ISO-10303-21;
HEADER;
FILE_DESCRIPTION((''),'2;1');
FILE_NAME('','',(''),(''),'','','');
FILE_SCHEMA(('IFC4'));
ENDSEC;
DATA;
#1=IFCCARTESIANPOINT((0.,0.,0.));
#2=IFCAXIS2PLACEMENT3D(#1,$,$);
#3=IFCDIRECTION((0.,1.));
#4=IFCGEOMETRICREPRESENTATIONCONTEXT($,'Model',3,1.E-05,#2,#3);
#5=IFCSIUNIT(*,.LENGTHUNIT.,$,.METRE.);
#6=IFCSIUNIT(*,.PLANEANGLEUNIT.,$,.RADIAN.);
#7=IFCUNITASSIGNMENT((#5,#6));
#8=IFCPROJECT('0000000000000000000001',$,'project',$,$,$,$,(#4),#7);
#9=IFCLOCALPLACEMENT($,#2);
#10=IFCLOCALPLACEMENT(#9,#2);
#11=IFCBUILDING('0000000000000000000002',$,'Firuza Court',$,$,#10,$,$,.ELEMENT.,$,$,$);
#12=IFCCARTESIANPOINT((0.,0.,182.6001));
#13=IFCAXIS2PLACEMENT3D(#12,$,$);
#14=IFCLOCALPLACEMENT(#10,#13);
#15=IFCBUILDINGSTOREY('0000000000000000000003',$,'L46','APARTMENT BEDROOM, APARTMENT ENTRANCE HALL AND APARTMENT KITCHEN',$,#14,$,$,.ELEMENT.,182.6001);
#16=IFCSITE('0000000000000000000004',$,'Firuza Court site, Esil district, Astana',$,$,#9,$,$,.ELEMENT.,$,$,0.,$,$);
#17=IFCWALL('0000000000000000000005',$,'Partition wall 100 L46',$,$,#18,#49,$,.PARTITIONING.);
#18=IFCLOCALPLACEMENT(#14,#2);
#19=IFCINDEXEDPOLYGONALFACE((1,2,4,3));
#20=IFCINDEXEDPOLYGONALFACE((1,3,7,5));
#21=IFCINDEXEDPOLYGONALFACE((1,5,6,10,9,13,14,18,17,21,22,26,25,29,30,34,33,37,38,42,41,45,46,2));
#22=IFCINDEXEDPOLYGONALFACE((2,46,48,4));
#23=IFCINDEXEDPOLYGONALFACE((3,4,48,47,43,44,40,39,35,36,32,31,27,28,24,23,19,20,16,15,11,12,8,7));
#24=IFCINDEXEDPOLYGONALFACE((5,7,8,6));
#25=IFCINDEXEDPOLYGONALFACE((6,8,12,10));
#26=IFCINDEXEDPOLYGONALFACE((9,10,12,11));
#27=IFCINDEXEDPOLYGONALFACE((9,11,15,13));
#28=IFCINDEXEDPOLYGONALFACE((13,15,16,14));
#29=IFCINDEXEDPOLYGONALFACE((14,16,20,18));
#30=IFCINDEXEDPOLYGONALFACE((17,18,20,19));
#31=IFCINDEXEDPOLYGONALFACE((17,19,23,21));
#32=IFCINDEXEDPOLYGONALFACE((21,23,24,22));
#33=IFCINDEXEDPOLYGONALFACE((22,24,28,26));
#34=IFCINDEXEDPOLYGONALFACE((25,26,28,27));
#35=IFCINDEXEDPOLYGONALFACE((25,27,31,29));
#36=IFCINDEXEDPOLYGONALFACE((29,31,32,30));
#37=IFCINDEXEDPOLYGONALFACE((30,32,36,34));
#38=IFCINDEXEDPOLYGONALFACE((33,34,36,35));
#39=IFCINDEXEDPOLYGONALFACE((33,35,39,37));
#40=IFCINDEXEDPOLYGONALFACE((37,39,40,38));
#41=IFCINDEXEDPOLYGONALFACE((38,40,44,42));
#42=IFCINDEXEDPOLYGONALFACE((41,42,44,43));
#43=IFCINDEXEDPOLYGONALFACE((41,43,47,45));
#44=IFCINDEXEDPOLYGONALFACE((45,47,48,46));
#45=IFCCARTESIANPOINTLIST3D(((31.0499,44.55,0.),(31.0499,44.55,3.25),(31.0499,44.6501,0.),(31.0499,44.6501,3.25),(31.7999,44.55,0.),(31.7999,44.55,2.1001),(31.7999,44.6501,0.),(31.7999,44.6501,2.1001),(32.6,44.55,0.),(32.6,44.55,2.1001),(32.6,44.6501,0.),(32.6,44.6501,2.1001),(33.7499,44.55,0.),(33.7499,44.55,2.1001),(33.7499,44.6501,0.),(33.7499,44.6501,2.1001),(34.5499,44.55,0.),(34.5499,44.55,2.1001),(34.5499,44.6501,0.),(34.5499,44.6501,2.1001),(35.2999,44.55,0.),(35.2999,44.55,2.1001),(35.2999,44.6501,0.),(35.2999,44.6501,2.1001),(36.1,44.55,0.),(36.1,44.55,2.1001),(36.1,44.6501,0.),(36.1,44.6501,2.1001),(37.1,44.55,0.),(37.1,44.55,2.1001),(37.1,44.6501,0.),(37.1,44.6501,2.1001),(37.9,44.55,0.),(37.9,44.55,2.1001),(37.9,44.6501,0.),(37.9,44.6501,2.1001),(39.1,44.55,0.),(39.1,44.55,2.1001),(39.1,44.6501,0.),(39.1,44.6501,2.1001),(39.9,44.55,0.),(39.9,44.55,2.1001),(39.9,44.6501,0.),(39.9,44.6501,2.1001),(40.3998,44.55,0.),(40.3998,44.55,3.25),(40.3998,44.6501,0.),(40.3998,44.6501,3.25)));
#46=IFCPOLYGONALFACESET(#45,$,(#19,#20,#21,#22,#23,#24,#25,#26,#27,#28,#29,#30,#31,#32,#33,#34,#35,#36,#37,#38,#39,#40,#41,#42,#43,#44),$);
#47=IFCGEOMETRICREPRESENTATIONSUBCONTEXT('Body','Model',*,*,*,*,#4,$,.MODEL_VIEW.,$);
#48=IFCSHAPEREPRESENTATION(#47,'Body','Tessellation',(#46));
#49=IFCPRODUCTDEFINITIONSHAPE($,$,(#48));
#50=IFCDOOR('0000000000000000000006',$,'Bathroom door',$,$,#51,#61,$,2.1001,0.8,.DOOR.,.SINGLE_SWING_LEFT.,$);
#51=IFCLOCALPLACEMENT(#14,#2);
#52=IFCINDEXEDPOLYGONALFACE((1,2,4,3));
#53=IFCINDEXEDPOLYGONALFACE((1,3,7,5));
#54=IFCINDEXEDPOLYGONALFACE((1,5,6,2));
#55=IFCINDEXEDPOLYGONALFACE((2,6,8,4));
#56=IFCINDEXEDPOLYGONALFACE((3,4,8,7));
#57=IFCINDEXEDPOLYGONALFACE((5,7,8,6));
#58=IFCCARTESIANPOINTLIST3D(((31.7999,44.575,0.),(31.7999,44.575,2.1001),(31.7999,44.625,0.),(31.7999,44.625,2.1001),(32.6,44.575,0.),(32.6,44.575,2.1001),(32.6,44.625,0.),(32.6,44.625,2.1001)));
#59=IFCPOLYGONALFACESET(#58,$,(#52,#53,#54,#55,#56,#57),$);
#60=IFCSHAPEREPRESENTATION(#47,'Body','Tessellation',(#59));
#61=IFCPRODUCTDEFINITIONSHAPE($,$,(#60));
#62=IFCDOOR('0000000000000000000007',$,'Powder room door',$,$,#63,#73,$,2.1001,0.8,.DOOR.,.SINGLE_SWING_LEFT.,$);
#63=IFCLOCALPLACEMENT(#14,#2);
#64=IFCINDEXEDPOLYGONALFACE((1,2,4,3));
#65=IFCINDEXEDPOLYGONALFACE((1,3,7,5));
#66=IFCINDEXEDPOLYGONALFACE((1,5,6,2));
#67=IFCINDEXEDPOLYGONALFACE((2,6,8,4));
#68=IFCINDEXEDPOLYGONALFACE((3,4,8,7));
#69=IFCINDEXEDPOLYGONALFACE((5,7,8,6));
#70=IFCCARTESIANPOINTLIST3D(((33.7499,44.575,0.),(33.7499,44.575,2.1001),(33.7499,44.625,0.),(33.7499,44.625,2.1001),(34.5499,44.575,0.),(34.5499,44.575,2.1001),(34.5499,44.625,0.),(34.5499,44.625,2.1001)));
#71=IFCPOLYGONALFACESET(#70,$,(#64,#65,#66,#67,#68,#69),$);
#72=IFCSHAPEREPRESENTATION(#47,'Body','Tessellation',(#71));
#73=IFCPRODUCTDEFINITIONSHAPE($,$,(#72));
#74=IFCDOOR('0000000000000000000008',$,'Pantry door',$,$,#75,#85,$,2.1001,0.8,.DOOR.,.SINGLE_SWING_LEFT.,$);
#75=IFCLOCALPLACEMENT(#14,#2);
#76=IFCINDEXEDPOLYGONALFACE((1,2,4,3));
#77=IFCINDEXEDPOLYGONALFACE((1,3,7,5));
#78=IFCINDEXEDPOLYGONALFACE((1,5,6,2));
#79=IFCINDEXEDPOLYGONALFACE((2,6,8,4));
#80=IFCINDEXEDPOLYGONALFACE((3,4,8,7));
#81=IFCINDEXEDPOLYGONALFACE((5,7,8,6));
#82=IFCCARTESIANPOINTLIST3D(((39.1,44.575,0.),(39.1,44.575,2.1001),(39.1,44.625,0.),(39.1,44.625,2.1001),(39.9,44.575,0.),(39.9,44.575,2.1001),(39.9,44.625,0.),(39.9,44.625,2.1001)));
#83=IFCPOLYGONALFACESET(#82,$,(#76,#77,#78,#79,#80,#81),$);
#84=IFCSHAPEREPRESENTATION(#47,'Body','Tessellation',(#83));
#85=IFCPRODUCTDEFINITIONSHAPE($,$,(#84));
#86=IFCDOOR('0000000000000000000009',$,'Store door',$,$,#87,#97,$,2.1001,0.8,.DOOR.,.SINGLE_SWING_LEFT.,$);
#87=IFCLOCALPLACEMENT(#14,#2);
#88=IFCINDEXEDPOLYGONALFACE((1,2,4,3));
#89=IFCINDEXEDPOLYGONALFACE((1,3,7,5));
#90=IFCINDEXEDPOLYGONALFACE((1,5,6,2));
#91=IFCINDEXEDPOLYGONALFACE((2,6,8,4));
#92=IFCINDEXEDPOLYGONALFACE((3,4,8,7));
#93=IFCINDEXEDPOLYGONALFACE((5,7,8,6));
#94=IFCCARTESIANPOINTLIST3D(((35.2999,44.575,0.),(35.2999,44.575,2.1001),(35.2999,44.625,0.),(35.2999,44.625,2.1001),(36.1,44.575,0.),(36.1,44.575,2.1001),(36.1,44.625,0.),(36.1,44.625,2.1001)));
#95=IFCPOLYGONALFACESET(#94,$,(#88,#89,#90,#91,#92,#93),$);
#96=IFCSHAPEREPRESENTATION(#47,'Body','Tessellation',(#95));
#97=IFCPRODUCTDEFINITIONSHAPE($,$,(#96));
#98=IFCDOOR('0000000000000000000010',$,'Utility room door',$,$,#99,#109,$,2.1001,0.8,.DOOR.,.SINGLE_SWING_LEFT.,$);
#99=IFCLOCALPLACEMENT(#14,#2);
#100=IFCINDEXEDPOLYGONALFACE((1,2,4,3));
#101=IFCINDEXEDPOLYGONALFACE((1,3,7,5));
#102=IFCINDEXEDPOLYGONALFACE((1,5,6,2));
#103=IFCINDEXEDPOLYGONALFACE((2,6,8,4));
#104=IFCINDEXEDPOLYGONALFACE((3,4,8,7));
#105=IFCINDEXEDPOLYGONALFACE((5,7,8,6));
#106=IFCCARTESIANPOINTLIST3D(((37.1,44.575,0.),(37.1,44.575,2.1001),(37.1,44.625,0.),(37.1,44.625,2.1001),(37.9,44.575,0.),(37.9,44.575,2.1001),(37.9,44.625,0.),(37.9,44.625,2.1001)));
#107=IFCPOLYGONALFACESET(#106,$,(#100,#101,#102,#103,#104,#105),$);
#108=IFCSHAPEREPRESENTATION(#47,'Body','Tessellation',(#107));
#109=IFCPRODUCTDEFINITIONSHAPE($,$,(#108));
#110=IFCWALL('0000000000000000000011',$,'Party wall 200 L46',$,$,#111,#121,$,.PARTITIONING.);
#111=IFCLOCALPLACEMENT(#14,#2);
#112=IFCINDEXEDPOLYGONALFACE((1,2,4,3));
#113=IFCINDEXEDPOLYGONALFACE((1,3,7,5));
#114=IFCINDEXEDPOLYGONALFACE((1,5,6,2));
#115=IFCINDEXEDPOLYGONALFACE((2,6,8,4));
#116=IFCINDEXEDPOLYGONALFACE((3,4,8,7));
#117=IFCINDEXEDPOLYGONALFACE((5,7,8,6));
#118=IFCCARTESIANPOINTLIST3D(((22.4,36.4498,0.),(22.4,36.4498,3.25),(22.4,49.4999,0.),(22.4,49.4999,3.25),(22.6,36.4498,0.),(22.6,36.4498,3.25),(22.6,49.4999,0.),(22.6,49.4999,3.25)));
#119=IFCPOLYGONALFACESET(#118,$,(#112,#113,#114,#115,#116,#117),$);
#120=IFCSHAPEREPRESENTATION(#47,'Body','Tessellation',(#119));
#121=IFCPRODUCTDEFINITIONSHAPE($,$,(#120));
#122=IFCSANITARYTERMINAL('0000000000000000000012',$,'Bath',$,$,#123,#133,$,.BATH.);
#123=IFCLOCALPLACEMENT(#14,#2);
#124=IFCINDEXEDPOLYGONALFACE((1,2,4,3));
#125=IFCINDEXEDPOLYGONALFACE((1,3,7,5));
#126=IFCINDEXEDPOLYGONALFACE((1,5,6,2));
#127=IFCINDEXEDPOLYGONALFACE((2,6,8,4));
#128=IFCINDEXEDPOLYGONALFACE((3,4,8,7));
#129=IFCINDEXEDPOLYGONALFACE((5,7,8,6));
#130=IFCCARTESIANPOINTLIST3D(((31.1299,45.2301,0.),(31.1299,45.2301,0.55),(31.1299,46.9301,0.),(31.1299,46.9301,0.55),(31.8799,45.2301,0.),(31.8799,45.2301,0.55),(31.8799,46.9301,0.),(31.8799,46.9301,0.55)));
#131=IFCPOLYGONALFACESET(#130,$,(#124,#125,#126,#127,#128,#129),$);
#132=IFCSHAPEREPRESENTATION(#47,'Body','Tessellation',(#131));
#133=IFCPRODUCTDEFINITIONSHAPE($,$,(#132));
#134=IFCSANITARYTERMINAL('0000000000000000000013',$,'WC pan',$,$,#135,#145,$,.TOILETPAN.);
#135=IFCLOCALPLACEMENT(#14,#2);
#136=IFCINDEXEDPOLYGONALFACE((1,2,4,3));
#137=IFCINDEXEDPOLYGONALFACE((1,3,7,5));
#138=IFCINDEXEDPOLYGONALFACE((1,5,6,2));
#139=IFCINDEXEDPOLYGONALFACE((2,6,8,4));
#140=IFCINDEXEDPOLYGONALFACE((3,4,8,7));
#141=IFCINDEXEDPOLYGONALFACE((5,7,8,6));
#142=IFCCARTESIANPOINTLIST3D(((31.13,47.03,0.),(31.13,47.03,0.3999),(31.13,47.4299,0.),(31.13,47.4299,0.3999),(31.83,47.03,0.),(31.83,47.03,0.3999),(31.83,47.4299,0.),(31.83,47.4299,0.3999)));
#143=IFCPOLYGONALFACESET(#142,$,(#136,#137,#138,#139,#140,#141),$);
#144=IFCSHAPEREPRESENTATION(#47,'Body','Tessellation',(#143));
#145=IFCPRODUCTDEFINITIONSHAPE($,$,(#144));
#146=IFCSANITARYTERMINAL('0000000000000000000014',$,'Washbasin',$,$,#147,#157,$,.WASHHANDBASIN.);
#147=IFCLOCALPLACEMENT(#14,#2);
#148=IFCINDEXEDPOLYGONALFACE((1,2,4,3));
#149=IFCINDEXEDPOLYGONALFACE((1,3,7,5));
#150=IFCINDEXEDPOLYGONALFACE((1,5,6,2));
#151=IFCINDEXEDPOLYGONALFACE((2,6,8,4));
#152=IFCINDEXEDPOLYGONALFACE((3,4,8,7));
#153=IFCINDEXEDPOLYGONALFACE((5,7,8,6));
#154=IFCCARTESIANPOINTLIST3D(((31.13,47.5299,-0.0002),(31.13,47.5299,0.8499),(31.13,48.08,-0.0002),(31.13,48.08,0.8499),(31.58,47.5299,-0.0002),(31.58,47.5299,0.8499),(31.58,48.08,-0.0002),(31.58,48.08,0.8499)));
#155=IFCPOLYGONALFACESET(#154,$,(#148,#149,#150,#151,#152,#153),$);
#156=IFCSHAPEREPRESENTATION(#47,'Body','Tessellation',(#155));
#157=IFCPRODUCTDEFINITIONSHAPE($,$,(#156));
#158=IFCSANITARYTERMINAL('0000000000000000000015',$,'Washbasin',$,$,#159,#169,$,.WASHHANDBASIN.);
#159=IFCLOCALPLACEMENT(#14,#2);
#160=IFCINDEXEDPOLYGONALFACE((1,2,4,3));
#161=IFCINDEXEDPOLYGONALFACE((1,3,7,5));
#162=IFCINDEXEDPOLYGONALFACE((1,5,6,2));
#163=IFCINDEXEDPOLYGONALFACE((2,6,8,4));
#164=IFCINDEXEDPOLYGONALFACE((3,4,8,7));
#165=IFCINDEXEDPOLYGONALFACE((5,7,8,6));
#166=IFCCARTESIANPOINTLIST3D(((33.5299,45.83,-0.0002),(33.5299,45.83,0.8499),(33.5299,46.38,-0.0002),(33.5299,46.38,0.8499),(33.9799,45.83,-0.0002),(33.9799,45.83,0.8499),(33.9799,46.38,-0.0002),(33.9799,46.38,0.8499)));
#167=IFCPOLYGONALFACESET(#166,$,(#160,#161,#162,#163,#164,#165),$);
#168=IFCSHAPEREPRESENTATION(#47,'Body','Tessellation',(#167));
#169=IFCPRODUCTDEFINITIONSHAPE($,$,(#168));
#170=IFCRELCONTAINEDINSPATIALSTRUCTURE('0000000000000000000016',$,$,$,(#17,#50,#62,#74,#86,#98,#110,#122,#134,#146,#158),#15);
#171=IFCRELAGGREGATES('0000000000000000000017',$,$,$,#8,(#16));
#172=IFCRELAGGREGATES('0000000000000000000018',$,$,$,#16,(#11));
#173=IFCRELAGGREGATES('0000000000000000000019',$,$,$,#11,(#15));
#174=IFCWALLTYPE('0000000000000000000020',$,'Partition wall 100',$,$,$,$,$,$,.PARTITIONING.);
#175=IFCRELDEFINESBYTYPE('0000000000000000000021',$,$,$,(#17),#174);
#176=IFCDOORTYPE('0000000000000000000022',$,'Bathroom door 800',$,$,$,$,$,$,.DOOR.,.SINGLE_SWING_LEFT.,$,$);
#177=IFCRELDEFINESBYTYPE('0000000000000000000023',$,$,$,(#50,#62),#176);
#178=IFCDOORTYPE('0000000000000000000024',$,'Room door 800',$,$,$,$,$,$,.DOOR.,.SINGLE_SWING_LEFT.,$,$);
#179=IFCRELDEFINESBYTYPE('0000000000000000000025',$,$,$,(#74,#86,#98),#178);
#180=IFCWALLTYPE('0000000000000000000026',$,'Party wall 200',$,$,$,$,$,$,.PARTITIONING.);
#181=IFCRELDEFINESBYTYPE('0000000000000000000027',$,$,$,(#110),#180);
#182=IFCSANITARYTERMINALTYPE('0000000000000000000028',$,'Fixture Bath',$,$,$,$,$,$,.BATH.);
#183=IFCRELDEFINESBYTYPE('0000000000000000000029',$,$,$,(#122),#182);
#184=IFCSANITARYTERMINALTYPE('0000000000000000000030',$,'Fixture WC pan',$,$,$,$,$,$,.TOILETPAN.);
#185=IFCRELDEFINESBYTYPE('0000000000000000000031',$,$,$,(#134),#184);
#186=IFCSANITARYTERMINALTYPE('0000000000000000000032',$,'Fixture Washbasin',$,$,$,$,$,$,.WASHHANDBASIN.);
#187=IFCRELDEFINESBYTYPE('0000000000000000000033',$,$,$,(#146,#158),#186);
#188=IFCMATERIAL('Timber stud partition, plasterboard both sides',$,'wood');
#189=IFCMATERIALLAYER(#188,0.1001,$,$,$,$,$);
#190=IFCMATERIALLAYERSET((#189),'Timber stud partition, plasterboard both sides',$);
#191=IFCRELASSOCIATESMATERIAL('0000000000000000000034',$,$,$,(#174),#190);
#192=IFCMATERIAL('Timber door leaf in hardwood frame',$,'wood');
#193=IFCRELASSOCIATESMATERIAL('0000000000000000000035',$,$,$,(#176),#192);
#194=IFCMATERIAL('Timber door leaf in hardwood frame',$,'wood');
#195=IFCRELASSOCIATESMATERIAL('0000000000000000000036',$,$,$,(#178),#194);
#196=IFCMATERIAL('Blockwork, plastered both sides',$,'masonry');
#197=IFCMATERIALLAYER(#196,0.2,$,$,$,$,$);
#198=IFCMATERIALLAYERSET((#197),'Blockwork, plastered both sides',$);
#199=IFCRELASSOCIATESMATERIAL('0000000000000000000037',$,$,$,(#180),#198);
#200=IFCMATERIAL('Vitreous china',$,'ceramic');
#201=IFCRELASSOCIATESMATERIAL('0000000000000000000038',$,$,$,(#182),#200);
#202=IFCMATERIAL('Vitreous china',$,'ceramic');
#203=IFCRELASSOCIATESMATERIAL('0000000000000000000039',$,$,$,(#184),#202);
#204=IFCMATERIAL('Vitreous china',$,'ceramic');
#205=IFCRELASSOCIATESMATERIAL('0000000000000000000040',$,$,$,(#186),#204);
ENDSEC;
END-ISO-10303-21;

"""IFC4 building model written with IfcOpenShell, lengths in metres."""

from ifc_helpers import new_model, si_unit, direction, frame, frame_2d, origin, origin_2d, place, context, subcontext, project, spatial, rectangle, extrude, material, layer, layer_set, type_object, element, fill, save


model = new_model("IFC4")

# Units and contexts
model_context = context("Model", 3, precision=1e-05, world=origin(), true_north=direction((0.0, 1.0)))
body_context = subcontext(model_context, "Body", "Model", "MODEL_VIEW")
ifc_project = project(units=[si_unit("LENGTHUNIT", "METRE"), si_unit("PLANEANGLEUNIT", "RADIAN")], contexts=[model_context])

# Site, building, storey
site_placement = place(None, origin())
site = spatial("IfcSite", under=ifc_project, at=site_placement, Name="Firuza Court site, Esil district, Astana", CompositionType="ELEMENT", RefElevation=0.0)
building_placement = place(site_placement, origin())
building = spatial("IfcBuilding", under=site, at=building_placement, Name="Firuza Court", CompositionType="ELEMENT")
storey_placement = place(building_placement, frame((0.0, 0.0, 182.6001)))
storey = spatial("IfcBuildingStorey", under=building, at=storey_placement, Name="L46", Description="APARTMENT BEDROOM, APARTMENT ENTRANCE HALL AND APARTMENT KITCHEN", CompositionType="ELEMENT", Elevation=182.6001)

# Shared definitions
ifc_material_1 = material(Name="Blockwork, plastered both sides", Category="masonry")

# Shared definitions
ifc_material_2 = material(Name="Timber stud partition, plasterboard both sides", Category="wood")
ifc_layer_1 = layer(ifc_material_2, 0.1001)
ifc_layer_set_1 = layer_set([ifc_layer_1], Name="Timber stud partition, plasterboard both sides")
wall_type_1 = type_object("IfcWallType", Name="Partition wall 100", PredefinedType="PARTITIONING", material=ifc_layer_set_1)

# Wall, openings, doors
wall_1_placement = place(storey_placement, frame((31.05, 44.6001, 0.0), z_axis=(0.0, 0.0, 1.0), x_axis=(1.0, 0.0, 0.0)))
wall_1 = element("IfcWall", 1, at=wall_1_placement, inside=storey, type_object=wall_type_1, Name="Partition wall 100 L46", PredefinedType="PARTITIONING", context=body_context, shape_type="SweptSolid", body=[
    extrude(rectangle(XDim=9.3499, YDim=0.1001, at=frame_2d((4.6748, 0.0))), origin(), (0.0, 0.0, 1.0), 3.25),
])
opening_1_placement = place(wall_1_placement, frame((0.75, 0.0, 0.0)))
opening_1 = element("IfcOpeningElement", 2, at=opening_1_placement, cuts=wall_1, PredefinedType="OPENING", context=body_context, shape_type="SweptSolid", body=[
    extrude(rectangle(XDim=0.8, YDim=2.1001, at=frame_2d((0.3999, 1.05))), frame((0.0, 0.062, 0.0), z_axis=(0.0, -1.0, 0.0), x_axis=(1.0, 0.0, 0.0)), (0.0, 0.0, 1.0), 0.124),
])
opening_2_placement = place(wall_1_placement, frame((8.05, 0.0, 0.0)))
opening_2 = element("IfcOpeningElement", 3, at=opening_2_placement, cuts=wall_1, PredefinedType="OPENING", context=body_context, shape_type="SweptSolid", body=[
    extrude(rectangle(XDim=0.8, YDim=2.1001, at=frame_2d((0.3999, 1.05))), frame((0.0, 0.062, 0.0), z_axis=(0.0, -1.0, 0.0), x_axis=(1.0, 0.0, 0.0)), (0.0, 0.0, 1.0), 0.124),
])
opening_3_placement = place(wall_1_placement, frame((4.25, 0.0, 0.0)))
opening_3 = element("IfcOpeningElement", 4, at=opening_3_placement, cuts=wall_1, PredefinedType="OPENING", context=body_context, shape_type="SweptSolid", body=[
    extrude(rectangle(XDim=0.8, YDim=2.1001, at=frame_2d((0.3999, 1.05))), frame((0.0, 0.062, 0.0), z_axis=(0.0, -1.0, 0.0), x_axis=(1.0, 0.0, 0.0)), (0.0, 0.0, 1.0), 0.124),
])
opening_4_placement = place(wall_1_placement, frame((6.05, 0.0, 0.0)))
opening_4 = element("IfcOpeningElement", 5, at=opening_4_placement, cuts=wall_1, PredefinedType="OPENING", context=body_context, shape_type="SweptSolid", body=[
    extrude(rectangle(XDim=0.8, YDim=2.1001, at=frame_2d((0.3999, 1.05))), frame((0.0, 0.062, 0.0), z_axis=(0.0, -1.0, 0.0), x_axis=(1.0, 0.0, 0.0)), (0.0, 0.0, 1.0), 0.124),
])
opening_5_placement = place(wall_1_placement, frame((2.7, 0.0, 0.0)))
opening_5 = element("IfcOpeningElement", 6, at=opening_5_placement, cuts=wall_1, PredefinedType="OPENING", context=body_context, shape_type="SweptSolid", body=[
    extrude(rectangle(XDim=0.8, YDim=2.1001, at=frame_2d((0.3999, 1.05))), frame((0.0, 0.062, 0.0), z_axis=(0.0, -1.0, 0.0), x_axis=(1.0, 0.0, 0.0)), (0.0, 0.0, 1.0), 0.124),
])
ifc_material_3 = material(Name="Timber door leaf in hardwood frame", Category="wood")
door_type_1 = type_object("IfcDoorType", Name="Bathroom door 800", OperationType="SINGLE_SWING_LEFT", PredefinedType="DOOR", material=ifc_material_3)
door_1_placement = place(opening_1_placement, origin())
door_1 = element("IfcDoor", 7, at=door_1_placement, inside=storey, type_object=door_type_1, Name="Bathroom door", OperationType="SINGLE_SWING_LEFT", OverallHeight=2.1001, OverallWidth=0.8, PredefinedType="DOOR", context=body_context, shape_type="SweptSolid", body=[
    extrude(rectangle(XDim=0.8, YDim=2.1001, at=frame_2d((0.3999, 1.05))), frame((0.0, 0.0249, 0.0), z_axis=(0.0, -1.0, 0.0), x_axis=(1.0, 0.0, 0.0)), (0.0, 0.0, 1.0), 0.05),
])
fill(opening_1, door_1)
door_2_placement = place(opening_5_placement, origin())
door_2 = element("IfcDoor", 8, at=door_2_placement, inside=storey, type_object=door_type_1, Name="Powder room door", OperationType="SINGLE_SWING_LEFT", OverallHeight=2.1001, OverallWidth=0.8, PredefinedType="DOOR", context=body_context, shape_type="SweptSolid", body=[
    extrude(rectangle(XDim=0.8, YDim=2.1001, at=frame_2d((0.3999, 1.05))), frame((0.0, 0.0249, 0.0), z_axis=(0.0, -1.0, 0.0), x_axis=(1.0, 0.0, 0.0)), (0.0, 0.0, 1.0), 0.05),
])
fill(opening_5, door_2)
ifc_material_4 = material(Name="Timber door leaf in hardwood frame", Category="wood")
door_type_2 = type_object("IfcDoorType", Name="Room door 800", OperationType="SINGLE_SWING_LEFT", PredefinedType="DOOR", material=ifc_material_4)
door_3_placement = place(opening_2_placement, origin())
door_3 = element("IfcDoor", 9, at=door_3_placement, inside=storey, type_object=door_type_2, Name="Pantry door", OperationType="SINGLE_SWING_LEFT", OverallHeight=2.1001, OverallWidth=0.8, PredefinedType="DOOR", context=body_context, shape_type="SweptSolid", body=[
    extrude(rectangle(XDim=0.8, YDim=2.1001, at=frame_2d((0.3999, 1.05))), frame((0.0, 0.0249, 0.0), z_axis=(0.0, -1.0, 0.0), x_axis=(1.0, 0.0, 0.0)), (0.0, 0.0, 1.0), 0.05),
])
fill(opening_2, door_3)
door_4_placement = place(opening_3_placement, origin())
door_4 = element("IfcDoor", 10, at=door_4_placement, inside=storey, type_object=door_type_2, Name="Store door", OperationType="SINGLE_SWING_LEFT", OverallHeight=2.1001, OverallWidth=0.8, PredefinedType="DOOR", context=body_context, shape_type="SweptSolid", body=[
    extrude(rectangle(XDim=0.8, YDim=2.1001, at=frame_2d((0.3999, 1.05))), frame((0.0, 0.0249, 0.0), z_axis=(0.0, -1.0, 0.0), x_axis=(1.0, 0.0, 0.0)), (0.0, 0.0, 1.0), 0.05),
])
fill(opening_3, door_4)
door_5_placement = place(opening_4_placement, origin())
door_5 = element("IfcDoor", 11, at=door_5_placement, inside=storey, type_object=door_type_2, Name="Utility room door", OperationType="SINGLE_SWING_LEFT", OverallHeight=2.1001, OverallWidth=0.8, PredefinedType="DOOR", context=body_context, shape_type="SweptSolid", body=[
    extrude(rectangle(XDim=0.8, YDim=2.1001, at=frame_2d((0.3999, 1.05))), frame((0.0, 0.0249, 0.0), z_axis=(0.0, -1.0, 0.0), x_axis=(1.0, 0.0, 0.0)), (0.0, 0.0, 1.0), 0.05),
])
fill(opening_4, door_5)

# Wall
ifc_layer_2 = layer(ifc_material_1, 0.2)
ifc_layer_set_2 = layer_set([ifc_layer_2], Name="Blockwork, plastered both sides")
wall_type_2 = type_object("IfcWallType", Name="Party wall 200", PredefinedType="PARTITIONING", material=ifc_layer_set_2)
wall_2_placement = place(storey_placement, frame((22.5, 36.45, 0.0), z_axis=(0.0, 0.0, 1.0), x_axis=(0.0, 1.0, 0.0)))
element("IfcWall", 12, at=wall_2_placement, inside=storey, type_object=wall_type_2, Name="Party wall 200 L46", PredefinedType="PARTITIONING", context=body_context, shape_type="SweptSolid", body=[
    extrude(rectangle(XDim=13.05, YDim=0.2, at=frame_2d((6.5249, 0.0))), origin(), (0.0, 0.0, 1.0), 3.25),
])

# Sanitary terminals
ifc_material_5 = material(Name="Vitreous china", Category="ceramic")
sanitary_terminal_type_1 = type_object("IfcSanitaryTerminalType", Name="Fixture Bath", PredefinedType="BATH", material=ifc_material_5)
sanitary_terminal_1_placement = place(storey_placement, frame((31.5049, 46.0801, 0.0), z_axis=(0.0, 0.0, 1.0), x_axis=(1.0, 0.0, 0.0)))
element("IfcSanitaryTerminal", 13, at=sanitary_terminal_1_placement, inside=storey, type_object=sanitary_terminal_type_1, Name="Bath", PredefinedType="BATH", context=body_context, shape_type="SweptSolid", body=[
    extrude(rectangle(XDim=0.75, YDim=1.7, at=origin_2d()), origin(), (0.0, 0.0, 1.0), 0.55),
])
ifc_material_6 = material(Name="Vitreous china", Category="ceramic")
sanitary_terminal_type_2 = type_object("IfcSanitaryTerminalType", Name="Fixture WC pan", PredefinedType="TOILETPAN", material=ifc_material_6)
sanitary_terminal_2_placement = place(storey_placement, frame((31.48, 47.23, 0.0), z_axis=(0.0, 0.0, 1.0), x_axis=(1.0, 0.0, 0.0)))
element("IfcSanitaryTerminal", 14, at=sanitary_terminal_2_placement, inside=storey, type_object=sanitary_terminal_type_2, Name="WC pan", PredefinedType="TOILETPAN", context=body_context, shape_type="SweptSolid", body=[
    extrude(rectangle(XDim=0.7, YDim=0.3999, at=origin_2d()), origin(), (0.0, 0.0, 1.0), 0.3999),
])
ifc_material_7 = material(Name="Vitreous china", Category="ceramic")
sanitary_terminal_type_3 = type_object("IfcSanitaryTerminalType", Name="Fixture Washbasin", PredefinedType="WASHHANDBASIN", material=ifc_material_7)
for number, where, z_axis, x_axis, name in (
    (15, (31.355, 47.8049, -0.0002), (0.0, 0.0, 1.0), (1.0, 0.0, 0.0), "Washbasin"),
    (16, (33.7549, 46.105, -0.0002), (0.0, 0.0, 1.0), (1.0, 0.0, 0.0), "Washbasin"),
):
    element("IfcSanitaryTerminal", number, at=place(storey_placement, frame(where, z_axis=z_axis, x_axis=x_axis)), inside=storey, type_object=sanitary_terminal_type_3, Name=name, PredefinedType="WASHHANDBASIN", context=body_context, shape_type="SweptSolid", body=[
        extrude(rectangle(XDim=0.45, YDim=0.55, at=origin_2d()), origin(), (0.0, 0.0, 1.0), 0.8501),
    ])

save(model, "model.ifc")
